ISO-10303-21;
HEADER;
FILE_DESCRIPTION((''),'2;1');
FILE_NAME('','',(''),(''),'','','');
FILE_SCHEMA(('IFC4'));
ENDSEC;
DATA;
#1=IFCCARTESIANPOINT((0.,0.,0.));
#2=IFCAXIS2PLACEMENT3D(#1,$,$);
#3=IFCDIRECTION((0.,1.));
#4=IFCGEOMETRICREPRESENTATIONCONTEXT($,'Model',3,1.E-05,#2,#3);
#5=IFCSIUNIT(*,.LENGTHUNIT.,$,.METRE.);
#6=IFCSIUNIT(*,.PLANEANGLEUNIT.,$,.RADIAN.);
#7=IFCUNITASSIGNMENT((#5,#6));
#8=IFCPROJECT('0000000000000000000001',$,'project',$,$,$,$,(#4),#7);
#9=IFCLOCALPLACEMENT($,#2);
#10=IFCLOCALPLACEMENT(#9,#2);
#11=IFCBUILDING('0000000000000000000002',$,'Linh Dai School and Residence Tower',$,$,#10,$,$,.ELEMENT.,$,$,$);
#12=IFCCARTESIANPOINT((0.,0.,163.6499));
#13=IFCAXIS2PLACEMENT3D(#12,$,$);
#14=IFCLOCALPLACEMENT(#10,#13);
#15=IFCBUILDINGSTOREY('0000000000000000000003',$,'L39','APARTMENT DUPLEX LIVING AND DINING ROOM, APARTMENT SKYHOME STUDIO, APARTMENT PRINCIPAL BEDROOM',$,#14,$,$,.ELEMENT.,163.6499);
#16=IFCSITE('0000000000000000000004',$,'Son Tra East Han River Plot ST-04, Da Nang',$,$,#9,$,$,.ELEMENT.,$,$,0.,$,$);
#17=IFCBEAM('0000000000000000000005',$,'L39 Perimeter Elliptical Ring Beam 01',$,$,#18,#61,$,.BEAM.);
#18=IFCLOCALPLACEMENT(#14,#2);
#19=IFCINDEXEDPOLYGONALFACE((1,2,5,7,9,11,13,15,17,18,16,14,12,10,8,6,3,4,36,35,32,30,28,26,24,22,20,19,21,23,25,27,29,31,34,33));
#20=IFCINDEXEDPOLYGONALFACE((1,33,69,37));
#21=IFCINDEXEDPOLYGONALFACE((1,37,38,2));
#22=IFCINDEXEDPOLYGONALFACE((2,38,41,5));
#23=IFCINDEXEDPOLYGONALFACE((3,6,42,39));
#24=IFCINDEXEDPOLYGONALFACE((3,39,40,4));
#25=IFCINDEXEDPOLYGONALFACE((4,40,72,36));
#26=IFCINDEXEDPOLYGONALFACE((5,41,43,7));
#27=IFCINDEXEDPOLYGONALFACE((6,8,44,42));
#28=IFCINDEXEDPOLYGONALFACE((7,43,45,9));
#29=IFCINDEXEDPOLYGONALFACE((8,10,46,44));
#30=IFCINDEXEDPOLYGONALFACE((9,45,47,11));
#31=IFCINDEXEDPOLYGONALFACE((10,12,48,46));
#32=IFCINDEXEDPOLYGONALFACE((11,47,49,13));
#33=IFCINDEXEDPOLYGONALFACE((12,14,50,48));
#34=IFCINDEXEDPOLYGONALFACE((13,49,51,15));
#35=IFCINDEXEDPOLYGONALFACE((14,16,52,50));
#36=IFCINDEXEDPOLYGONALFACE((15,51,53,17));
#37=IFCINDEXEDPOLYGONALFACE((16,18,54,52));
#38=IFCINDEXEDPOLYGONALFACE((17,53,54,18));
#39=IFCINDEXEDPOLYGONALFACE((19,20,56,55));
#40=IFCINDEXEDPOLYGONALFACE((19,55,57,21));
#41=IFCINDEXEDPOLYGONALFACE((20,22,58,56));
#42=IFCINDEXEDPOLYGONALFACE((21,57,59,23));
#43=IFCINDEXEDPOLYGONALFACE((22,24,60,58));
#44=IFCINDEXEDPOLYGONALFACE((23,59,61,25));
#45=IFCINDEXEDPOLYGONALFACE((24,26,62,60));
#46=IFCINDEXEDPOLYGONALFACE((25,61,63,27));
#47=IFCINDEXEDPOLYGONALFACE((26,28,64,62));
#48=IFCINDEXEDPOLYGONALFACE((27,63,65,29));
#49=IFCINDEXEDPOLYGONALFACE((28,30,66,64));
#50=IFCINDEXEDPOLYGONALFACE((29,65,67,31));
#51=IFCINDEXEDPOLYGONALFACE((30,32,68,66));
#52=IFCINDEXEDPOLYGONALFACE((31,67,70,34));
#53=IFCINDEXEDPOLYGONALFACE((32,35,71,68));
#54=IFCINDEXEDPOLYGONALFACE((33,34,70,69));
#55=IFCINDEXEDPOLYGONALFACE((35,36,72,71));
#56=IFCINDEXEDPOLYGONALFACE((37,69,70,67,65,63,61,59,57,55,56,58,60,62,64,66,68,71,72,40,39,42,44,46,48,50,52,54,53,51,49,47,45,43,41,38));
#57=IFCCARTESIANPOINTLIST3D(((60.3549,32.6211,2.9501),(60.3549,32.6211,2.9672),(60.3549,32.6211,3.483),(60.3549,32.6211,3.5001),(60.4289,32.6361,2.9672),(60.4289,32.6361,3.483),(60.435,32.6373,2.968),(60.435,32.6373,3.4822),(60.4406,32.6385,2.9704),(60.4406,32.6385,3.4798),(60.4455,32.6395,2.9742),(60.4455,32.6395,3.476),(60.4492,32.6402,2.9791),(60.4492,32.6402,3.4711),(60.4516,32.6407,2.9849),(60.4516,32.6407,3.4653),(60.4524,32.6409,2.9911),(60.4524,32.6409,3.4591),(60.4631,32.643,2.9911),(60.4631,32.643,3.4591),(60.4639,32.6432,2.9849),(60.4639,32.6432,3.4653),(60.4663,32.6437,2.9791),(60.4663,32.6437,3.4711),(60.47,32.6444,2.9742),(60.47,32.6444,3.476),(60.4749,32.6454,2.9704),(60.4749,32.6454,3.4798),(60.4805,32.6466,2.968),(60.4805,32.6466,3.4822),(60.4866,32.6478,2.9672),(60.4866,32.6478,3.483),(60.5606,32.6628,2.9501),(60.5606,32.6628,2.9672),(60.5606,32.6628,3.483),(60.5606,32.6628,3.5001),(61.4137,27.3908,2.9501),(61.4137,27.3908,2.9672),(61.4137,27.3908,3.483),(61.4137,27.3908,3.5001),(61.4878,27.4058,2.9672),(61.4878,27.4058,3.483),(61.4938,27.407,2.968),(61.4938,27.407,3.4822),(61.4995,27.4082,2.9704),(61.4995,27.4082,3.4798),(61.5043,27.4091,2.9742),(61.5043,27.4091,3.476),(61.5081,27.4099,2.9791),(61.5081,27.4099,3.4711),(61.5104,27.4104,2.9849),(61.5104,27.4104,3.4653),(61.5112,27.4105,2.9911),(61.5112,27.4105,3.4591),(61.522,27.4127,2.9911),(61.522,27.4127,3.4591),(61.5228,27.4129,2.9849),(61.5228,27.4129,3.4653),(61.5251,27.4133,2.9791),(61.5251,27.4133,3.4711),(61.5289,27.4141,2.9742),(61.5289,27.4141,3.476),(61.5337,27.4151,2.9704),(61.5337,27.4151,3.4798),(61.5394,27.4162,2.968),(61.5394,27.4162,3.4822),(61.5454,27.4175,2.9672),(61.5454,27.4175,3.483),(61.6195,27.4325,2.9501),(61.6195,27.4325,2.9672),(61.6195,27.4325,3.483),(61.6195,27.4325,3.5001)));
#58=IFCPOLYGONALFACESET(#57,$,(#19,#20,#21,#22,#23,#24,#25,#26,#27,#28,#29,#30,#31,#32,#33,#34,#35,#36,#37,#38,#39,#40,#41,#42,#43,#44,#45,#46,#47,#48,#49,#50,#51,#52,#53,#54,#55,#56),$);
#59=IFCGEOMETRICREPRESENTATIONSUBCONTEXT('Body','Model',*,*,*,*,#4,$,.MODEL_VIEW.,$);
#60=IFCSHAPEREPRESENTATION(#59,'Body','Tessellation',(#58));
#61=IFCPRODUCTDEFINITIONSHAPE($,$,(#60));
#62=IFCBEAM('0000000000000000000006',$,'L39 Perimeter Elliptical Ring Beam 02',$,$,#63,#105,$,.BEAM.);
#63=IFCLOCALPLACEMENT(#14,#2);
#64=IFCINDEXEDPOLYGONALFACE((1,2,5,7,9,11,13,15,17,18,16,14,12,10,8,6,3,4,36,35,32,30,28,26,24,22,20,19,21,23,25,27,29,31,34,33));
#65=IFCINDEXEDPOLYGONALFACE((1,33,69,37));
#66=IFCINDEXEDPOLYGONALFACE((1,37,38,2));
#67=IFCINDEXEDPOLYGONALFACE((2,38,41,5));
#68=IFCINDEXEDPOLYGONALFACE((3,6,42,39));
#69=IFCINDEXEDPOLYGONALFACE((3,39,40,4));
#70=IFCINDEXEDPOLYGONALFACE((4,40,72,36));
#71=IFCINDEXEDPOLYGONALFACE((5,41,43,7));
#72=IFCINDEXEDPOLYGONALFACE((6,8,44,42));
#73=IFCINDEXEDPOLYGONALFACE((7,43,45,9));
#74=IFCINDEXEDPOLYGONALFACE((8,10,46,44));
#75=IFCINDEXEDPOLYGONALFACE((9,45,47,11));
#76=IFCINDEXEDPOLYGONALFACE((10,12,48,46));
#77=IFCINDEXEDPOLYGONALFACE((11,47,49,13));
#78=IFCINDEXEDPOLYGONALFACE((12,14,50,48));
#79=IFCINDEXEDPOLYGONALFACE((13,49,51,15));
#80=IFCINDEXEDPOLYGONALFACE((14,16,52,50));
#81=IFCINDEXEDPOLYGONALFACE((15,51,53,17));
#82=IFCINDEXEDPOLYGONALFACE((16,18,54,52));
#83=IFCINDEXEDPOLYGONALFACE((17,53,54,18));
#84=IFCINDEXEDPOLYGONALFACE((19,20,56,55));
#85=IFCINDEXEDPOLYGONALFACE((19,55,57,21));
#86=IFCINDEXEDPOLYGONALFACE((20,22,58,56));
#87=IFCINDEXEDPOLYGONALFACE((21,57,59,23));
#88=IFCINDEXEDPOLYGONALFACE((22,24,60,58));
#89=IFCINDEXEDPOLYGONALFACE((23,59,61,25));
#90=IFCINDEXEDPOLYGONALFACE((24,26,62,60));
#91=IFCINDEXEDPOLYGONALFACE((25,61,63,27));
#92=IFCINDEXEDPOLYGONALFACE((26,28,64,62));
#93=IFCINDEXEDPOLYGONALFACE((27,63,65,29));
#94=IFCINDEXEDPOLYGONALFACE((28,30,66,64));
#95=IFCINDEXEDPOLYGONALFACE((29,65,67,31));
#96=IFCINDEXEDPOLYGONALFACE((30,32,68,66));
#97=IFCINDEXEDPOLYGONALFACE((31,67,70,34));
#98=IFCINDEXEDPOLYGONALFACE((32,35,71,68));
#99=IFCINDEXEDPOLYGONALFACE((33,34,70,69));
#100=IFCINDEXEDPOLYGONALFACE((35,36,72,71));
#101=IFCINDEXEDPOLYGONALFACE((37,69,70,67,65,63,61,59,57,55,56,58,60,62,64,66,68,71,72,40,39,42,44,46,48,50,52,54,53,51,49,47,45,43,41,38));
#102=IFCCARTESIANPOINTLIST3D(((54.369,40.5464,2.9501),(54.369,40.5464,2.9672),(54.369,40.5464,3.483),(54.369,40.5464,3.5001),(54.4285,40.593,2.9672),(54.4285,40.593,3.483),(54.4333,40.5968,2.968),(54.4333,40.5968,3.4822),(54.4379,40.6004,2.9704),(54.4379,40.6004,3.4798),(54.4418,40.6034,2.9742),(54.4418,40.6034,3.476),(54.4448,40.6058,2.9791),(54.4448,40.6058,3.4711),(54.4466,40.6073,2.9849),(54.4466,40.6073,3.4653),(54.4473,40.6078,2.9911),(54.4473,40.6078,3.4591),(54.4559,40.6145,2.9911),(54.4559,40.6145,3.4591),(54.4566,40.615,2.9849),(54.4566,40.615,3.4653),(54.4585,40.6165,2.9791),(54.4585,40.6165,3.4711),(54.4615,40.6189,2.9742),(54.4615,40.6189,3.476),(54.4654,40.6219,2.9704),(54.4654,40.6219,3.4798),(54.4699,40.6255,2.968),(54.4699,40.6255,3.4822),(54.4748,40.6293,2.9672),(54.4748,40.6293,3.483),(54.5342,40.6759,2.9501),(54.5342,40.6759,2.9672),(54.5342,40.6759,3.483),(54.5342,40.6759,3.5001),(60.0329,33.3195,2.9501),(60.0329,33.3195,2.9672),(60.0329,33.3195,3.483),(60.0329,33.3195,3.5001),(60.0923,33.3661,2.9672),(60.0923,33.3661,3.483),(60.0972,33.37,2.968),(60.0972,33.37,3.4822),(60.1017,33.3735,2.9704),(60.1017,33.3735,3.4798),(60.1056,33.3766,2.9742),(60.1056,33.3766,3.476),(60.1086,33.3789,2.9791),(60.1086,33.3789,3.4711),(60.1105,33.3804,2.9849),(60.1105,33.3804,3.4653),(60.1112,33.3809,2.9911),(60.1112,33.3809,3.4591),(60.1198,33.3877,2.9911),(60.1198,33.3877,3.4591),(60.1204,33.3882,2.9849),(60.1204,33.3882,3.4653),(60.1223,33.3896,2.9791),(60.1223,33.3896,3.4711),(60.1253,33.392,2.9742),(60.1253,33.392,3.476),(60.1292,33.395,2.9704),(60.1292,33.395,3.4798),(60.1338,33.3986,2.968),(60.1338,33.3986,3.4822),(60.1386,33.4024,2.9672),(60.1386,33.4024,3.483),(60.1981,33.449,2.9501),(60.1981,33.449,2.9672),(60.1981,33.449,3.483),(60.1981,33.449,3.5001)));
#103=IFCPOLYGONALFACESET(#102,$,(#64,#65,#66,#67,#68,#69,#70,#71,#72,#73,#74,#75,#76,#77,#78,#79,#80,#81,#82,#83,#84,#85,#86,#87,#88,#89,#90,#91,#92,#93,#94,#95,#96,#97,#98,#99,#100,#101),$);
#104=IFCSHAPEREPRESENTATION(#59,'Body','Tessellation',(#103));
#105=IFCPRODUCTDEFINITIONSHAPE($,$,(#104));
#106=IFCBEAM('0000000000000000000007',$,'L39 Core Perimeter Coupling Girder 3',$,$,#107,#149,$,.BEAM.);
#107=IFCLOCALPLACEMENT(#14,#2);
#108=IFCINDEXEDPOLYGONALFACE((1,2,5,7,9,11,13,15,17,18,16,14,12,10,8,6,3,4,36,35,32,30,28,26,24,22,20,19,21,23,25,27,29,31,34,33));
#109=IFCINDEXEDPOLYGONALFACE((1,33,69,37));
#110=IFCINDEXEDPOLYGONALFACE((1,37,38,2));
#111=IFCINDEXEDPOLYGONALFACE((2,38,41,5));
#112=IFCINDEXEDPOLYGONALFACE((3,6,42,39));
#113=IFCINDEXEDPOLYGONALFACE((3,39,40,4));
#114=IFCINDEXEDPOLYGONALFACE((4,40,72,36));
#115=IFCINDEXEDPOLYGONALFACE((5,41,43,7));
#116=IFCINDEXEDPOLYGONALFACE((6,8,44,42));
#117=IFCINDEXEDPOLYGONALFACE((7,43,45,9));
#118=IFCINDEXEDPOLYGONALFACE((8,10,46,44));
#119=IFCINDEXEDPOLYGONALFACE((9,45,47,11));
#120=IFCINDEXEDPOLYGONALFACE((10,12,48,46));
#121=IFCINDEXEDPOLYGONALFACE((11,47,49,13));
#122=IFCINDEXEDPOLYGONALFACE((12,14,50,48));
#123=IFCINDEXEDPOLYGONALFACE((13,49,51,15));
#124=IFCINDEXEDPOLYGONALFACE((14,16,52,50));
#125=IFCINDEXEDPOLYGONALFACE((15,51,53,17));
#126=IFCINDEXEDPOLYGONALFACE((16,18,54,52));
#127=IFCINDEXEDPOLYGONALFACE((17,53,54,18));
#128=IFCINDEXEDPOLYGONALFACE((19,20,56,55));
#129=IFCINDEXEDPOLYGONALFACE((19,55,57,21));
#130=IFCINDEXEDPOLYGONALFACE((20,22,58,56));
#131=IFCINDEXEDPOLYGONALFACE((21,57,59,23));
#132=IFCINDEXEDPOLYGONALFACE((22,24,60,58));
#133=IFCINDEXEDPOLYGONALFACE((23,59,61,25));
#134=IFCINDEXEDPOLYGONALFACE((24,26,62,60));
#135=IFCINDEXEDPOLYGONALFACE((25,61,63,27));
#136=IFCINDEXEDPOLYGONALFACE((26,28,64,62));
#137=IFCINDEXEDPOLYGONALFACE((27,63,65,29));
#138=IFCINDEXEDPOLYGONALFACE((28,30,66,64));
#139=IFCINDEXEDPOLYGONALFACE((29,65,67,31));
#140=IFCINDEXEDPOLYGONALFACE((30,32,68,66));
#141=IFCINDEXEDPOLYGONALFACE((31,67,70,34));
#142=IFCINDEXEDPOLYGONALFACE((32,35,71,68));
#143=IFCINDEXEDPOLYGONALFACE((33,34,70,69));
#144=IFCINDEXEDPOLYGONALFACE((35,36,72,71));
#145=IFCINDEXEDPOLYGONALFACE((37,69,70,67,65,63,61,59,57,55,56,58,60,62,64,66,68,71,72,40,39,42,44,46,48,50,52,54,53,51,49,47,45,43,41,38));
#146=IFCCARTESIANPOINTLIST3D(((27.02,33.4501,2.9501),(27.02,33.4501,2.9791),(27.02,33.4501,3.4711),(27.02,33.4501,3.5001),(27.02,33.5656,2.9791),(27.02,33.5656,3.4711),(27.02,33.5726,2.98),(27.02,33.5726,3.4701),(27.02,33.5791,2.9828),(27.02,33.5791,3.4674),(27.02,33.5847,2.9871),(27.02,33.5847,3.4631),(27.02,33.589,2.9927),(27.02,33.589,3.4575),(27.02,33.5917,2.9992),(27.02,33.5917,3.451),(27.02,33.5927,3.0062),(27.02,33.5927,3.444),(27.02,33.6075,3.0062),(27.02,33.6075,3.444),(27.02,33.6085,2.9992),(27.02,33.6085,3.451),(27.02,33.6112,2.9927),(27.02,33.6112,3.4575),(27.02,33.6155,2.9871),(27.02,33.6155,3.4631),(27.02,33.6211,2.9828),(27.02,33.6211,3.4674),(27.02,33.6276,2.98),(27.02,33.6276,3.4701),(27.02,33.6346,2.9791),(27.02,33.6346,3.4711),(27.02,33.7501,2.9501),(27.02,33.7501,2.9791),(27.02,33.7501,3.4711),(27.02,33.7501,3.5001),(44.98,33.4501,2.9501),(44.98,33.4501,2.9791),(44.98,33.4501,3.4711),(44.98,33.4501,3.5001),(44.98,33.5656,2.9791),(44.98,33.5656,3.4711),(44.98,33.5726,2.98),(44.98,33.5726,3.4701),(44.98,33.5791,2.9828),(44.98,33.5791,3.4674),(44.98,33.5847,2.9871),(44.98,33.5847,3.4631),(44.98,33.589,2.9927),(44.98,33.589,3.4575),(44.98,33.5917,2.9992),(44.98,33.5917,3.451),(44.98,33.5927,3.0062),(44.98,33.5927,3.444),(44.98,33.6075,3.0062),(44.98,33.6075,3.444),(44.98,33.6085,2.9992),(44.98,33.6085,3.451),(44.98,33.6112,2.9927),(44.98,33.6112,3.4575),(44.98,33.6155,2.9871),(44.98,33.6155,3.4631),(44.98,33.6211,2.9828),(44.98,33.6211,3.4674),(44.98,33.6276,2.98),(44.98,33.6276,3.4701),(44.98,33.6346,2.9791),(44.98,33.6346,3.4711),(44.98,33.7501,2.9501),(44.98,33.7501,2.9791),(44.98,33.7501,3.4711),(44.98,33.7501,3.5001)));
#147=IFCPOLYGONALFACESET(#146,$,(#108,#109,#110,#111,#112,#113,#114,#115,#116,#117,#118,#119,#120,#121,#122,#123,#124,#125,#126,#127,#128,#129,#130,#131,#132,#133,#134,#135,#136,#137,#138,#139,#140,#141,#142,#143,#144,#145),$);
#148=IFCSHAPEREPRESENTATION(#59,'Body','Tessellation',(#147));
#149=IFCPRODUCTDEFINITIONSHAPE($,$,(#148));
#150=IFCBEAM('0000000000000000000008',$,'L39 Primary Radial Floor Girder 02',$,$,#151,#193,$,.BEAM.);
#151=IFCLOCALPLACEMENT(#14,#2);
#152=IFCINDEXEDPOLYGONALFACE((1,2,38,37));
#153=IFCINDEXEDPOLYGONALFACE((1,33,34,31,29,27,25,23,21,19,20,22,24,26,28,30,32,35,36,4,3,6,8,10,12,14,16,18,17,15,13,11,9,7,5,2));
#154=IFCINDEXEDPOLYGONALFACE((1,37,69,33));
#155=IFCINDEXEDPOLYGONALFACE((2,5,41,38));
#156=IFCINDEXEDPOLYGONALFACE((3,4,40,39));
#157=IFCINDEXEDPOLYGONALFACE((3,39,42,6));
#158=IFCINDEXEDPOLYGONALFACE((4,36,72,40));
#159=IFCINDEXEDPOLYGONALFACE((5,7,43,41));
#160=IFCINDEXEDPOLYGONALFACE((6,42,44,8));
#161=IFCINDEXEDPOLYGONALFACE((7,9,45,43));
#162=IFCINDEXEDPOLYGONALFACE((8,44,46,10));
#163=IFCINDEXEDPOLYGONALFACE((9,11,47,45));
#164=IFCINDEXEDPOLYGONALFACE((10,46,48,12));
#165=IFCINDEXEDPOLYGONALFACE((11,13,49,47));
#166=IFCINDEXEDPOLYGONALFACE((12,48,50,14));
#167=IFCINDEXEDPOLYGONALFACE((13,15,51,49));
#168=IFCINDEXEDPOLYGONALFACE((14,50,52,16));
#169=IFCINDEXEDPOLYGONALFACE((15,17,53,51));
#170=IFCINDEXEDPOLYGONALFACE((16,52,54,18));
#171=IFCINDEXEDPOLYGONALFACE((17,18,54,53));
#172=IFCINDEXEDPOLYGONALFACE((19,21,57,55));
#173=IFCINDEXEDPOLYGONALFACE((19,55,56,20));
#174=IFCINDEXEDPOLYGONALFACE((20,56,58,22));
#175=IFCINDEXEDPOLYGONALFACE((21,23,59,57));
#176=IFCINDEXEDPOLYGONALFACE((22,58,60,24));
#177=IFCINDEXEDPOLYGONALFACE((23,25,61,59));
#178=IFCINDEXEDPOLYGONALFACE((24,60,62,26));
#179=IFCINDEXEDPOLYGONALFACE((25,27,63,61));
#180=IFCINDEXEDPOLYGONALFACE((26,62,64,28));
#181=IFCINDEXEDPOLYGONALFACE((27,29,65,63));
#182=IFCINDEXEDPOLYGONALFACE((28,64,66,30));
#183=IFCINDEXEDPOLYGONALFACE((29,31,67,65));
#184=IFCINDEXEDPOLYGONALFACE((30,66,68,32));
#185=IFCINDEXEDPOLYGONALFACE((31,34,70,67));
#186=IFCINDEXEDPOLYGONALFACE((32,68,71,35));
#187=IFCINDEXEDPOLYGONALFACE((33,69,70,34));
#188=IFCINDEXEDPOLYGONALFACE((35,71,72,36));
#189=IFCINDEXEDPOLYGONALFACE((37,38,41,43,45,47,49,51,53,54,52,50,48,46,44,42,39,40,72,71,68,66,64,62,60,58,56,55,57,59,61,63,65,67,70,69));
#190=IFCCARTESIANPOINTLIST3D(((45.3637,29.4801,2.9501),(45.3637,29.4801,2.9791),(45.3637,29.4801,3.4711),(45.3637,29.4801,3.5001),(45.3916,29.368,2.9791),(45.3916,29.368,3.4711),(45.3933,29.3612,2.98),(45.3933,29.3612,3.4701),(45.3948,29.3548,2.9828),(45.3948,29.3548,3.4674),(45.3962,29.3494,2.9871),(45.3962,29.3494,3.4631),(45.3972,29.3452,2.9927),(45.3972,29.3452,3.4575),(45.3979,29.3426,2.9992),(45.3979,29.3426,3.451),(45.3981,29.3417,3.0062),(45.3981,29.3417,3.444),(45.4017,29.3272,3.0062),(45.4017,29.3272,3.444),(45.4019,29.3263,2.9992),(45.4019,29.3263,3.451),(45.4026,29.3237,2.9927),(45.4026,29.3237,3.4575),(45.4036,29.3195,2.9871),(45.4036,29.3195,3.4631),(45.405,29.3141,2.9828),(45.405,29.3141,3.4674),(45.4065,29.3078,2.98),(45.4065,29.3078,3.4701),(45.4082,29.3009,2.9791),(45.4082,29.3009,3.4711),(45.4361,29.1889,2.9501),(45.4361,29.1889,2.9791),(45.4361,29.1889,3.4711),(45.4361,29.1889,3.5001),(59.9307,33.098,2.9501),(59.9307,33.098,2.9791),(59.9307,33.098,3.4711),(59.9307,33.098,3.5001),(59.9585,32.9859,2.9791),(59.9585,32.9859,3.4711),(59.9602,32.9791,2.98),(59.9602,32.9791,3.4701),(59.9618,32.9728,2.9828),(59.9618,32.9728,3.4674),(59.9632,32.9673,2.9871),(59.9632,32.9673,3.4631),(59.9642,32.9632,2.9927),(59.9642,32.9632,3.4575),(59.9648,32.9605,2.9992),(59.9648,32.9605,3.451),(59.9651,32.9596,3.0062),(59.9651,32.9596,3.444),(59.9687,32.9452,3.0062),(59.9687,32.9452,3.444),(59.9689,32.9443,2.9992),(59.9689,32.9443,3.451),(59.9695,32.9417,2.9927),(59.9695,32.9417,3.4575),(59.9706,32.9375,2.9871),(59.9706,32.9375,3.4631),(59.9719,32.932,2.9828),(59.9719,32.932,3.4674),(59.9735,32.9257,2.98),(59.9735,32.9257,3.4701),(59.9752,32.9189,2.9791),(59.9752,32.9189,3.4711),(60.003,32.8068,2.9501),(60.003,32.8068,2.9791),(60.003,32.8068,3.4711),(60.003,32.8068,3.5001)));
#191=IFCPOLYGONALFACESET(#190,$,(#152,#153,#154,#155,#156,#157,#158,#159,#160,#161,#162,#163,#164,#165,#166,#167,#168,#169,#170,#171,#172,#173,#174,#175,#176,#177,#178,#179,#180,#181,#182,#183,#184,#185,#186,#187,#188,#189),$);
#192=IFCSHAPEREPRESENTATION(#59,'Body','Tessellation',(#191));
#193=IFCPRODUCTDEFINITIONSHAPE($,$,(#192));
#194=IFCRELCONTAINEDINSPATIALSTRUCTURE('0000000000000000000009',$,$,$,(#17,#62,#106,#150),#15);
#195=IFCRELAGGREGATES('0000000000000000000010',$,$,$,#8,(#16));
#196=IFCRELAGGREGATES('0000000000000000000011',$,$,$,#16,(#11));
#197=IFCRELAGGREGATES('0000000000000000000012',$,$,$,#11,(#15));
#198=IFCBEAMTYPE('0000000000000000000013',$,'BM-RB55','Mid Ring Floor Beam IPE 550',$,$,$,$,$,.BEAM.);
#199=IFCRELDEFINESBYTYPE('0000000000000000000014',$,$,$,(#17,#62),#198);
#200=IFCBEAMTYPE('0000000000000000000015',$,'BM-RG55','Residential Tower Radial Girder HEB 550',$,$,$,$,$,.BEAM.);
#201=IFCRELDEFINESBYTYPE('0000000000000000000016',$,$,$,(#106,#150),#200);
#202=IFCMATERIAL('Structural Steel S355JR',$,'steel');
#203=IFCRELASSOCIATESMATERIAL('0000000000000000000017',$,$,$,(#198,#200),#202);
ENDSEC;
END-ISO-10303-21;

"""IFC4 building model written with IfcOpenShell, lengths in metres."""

from ifc_helpers import new_model, si_unit, direction, frame, origin, origin_2d, place, context, subcontext, project, spatial, i_section, extrude, material, material_profile, profile_set, type_object, element, save


model = new_model("IFC4")

# Units and contexts
model_context = context("Model", 3, precision=1e-05, world=origin(), true_north=direction((0.0, 1.0)))
body_context = subcontext(model_context, "Body", "Model", "MODEL_VIEW")
ifc_project = project(units=[si_unit("LENGTHUNIT", "METRE"), si_unit("PLANEANGLEUNIT", "RADIAN")], contexts=[model_context])

# Site, building, storey
site_placement = place(None, origin())
site = spatial("IfcSite", under=ifc_project, at=site_placement, Name="Son Tra East Han River Plot ST-04, Da Nang", CompositionType="ELEMENT", RefElevation=0.0)
building_placement = place(site_placement, origin())
building = spatial("IfcBuilding", under=site, at=building_placement, Name="Linh Dai School and Residence Tower", CompositionType="ELEMENT")
storey_placement = place(building_placement, frame((0.0, 0.0, 163.6499)))
storey = spatial("IfcBuildingStorey", under=building, at=storey_placement, Name="L39", Description="APARTMENT DUPLEX LIVING AND DINING ROOM, APARTMENT SKYHOME STUDIO, APARTMENT PRINCIPAL BEDROOM", CompositionType="ELEMENT", Elevation=163.6499)

# Shared definitions
ifc_material_1 = material(Name="Structural Steel S355JR", Category="steel")

# Beams
ifc_material_profile_1 = material_profile(ifc_material_1, i_section(OverallWidth=0.21, OverallDepth=0.55, WebThickness=0.011, FlangeThickness=0.0171, FilletRadius=0.0239, at=origin_2d()), Name="IPE 550")
ifc_profile_set_1 = profile_set([ifc_material_profile_1], Name="Structural Steel S355JR")
beam_type_1 = type_object("IfcBeamType", Name="BM-RB55", Description="Mid Ring Floor Beam IPE 550", PredefinedType="BEAM", material=ifc_profile_set_1)
beam_1_placement = place(storey_placement, frame((61.5166, 27.4116, 3.2251), z_axis=(-0.198421, 0.980117, 0.0), x_axis=(-0.980117, -0.198421, 0.0)))
element("IfcBeam", 1, at=beam_1_placement, inside=storey, type_object=beam_type_1, Name="L39 Perimeter Elliptical Ring Beam 01", PredefinedType="BEAM", context=body_context, shape_type="SweptSolid", body=[
    extrude(i_section(OverallWidth=0.21, OverallDepth=0.55, WebThickness=0.011, FlangeThickness=0.0171, FilletRadius=0.0239, at=origin_2d()), origin(), (0.0, 0.0, 1.0), 5.3364),
])
beam_2_placement = place(storey_placement, frame((60.1155, 33.3843, 3.2251), z_axis=(-0.616852, 0.787079, 0.0), x_axis=(-0.787079, -0.616852, 0.0)))
element("IfcBeam", 2, at=beam_2_placement, inside=storey, type_object=beam_type_1, Name="L39 Perimeter Elliptical Ring Beam 02", PredefinedType="BEAM", context=body_context, shape_type="SweptSolid", body=[
    extrude(i_section(OverallWidth=0.21, OverallDepth=0.55, WebThickness=0.011, FlangeThickness=0.0171, FilletRadius=0.0239, at=origin_2d()), origin(), (0.0, 0.0, 1.0), 9.1819),
])
ifc_material_profile_2 = material_profile(ifc_material_1, i_section(OverallWidth=0.3, OverallDepth=0.55, WebThickness=0.0149, FlangeThickness=0.0291, FilletRadius=0.0271, at=origin_2d()), Name="HEB 550")
ifc_profile_set_2 = profile_set([ifc_material_profile_2], Name="Structural Steel S355JR")
beam_type_2 = type_object("IfcBeamType", Name="BM-RG55", Description="Residential Tower Radial Girder HEB 550", PredefinedType="BEAM", material=ifc_profile_set_2)
beam_3_placement = place(storey_placement, frame((44.98, 33.6001, 3.2251), z_axis=(-1.0, 0.0, 0.0), x_axis=(0.0, -1.0, 0.0)))
element("IfcBeam", 3, at=beam_3_placement, inside=storey, type_object=beam_type_2, Name="L39 Core Perimeter Coupling Girder 3", PredefinedType="BEAM", context=body_context, shape_type="SweptSolid", body=[
    extrude(i_section(OverallWidth=0.3, OverallDepth=0.55, WebThickness=0.0149, FlangeThickness=0.0291, FilletRadius=0.0271, at=origin_2d()), origin(), (0.0, 0.0, 1.0), 17.96),
])
beam_4_placement = place(storey_placement, frame((45.3999, 29.3345, 3.2251), z_axis=(0.970515, 0.241043, 0.0), x_axis=(-0.241043, 0.970515, 0.0)))
element("IfcBeam", 4, at=beam_4_placement, inside=storey, type_object=beam_type_2, Name="L39 Primary Radial Floor Girder 02", PredefinedType="BEAM", context=body_context, shape_type="SweptSolid", body=[
    extrude(i_section(OverallWidth=0.3, OverallDepth=0.55, WebThickness=0.0149, FlangeThickness=0.0291, FilletRadius=0.0271, at=origin_2d()), origin(), (0.0, 0.0, 1.0), 15.0095),
])

save(model, "model.ifc")
